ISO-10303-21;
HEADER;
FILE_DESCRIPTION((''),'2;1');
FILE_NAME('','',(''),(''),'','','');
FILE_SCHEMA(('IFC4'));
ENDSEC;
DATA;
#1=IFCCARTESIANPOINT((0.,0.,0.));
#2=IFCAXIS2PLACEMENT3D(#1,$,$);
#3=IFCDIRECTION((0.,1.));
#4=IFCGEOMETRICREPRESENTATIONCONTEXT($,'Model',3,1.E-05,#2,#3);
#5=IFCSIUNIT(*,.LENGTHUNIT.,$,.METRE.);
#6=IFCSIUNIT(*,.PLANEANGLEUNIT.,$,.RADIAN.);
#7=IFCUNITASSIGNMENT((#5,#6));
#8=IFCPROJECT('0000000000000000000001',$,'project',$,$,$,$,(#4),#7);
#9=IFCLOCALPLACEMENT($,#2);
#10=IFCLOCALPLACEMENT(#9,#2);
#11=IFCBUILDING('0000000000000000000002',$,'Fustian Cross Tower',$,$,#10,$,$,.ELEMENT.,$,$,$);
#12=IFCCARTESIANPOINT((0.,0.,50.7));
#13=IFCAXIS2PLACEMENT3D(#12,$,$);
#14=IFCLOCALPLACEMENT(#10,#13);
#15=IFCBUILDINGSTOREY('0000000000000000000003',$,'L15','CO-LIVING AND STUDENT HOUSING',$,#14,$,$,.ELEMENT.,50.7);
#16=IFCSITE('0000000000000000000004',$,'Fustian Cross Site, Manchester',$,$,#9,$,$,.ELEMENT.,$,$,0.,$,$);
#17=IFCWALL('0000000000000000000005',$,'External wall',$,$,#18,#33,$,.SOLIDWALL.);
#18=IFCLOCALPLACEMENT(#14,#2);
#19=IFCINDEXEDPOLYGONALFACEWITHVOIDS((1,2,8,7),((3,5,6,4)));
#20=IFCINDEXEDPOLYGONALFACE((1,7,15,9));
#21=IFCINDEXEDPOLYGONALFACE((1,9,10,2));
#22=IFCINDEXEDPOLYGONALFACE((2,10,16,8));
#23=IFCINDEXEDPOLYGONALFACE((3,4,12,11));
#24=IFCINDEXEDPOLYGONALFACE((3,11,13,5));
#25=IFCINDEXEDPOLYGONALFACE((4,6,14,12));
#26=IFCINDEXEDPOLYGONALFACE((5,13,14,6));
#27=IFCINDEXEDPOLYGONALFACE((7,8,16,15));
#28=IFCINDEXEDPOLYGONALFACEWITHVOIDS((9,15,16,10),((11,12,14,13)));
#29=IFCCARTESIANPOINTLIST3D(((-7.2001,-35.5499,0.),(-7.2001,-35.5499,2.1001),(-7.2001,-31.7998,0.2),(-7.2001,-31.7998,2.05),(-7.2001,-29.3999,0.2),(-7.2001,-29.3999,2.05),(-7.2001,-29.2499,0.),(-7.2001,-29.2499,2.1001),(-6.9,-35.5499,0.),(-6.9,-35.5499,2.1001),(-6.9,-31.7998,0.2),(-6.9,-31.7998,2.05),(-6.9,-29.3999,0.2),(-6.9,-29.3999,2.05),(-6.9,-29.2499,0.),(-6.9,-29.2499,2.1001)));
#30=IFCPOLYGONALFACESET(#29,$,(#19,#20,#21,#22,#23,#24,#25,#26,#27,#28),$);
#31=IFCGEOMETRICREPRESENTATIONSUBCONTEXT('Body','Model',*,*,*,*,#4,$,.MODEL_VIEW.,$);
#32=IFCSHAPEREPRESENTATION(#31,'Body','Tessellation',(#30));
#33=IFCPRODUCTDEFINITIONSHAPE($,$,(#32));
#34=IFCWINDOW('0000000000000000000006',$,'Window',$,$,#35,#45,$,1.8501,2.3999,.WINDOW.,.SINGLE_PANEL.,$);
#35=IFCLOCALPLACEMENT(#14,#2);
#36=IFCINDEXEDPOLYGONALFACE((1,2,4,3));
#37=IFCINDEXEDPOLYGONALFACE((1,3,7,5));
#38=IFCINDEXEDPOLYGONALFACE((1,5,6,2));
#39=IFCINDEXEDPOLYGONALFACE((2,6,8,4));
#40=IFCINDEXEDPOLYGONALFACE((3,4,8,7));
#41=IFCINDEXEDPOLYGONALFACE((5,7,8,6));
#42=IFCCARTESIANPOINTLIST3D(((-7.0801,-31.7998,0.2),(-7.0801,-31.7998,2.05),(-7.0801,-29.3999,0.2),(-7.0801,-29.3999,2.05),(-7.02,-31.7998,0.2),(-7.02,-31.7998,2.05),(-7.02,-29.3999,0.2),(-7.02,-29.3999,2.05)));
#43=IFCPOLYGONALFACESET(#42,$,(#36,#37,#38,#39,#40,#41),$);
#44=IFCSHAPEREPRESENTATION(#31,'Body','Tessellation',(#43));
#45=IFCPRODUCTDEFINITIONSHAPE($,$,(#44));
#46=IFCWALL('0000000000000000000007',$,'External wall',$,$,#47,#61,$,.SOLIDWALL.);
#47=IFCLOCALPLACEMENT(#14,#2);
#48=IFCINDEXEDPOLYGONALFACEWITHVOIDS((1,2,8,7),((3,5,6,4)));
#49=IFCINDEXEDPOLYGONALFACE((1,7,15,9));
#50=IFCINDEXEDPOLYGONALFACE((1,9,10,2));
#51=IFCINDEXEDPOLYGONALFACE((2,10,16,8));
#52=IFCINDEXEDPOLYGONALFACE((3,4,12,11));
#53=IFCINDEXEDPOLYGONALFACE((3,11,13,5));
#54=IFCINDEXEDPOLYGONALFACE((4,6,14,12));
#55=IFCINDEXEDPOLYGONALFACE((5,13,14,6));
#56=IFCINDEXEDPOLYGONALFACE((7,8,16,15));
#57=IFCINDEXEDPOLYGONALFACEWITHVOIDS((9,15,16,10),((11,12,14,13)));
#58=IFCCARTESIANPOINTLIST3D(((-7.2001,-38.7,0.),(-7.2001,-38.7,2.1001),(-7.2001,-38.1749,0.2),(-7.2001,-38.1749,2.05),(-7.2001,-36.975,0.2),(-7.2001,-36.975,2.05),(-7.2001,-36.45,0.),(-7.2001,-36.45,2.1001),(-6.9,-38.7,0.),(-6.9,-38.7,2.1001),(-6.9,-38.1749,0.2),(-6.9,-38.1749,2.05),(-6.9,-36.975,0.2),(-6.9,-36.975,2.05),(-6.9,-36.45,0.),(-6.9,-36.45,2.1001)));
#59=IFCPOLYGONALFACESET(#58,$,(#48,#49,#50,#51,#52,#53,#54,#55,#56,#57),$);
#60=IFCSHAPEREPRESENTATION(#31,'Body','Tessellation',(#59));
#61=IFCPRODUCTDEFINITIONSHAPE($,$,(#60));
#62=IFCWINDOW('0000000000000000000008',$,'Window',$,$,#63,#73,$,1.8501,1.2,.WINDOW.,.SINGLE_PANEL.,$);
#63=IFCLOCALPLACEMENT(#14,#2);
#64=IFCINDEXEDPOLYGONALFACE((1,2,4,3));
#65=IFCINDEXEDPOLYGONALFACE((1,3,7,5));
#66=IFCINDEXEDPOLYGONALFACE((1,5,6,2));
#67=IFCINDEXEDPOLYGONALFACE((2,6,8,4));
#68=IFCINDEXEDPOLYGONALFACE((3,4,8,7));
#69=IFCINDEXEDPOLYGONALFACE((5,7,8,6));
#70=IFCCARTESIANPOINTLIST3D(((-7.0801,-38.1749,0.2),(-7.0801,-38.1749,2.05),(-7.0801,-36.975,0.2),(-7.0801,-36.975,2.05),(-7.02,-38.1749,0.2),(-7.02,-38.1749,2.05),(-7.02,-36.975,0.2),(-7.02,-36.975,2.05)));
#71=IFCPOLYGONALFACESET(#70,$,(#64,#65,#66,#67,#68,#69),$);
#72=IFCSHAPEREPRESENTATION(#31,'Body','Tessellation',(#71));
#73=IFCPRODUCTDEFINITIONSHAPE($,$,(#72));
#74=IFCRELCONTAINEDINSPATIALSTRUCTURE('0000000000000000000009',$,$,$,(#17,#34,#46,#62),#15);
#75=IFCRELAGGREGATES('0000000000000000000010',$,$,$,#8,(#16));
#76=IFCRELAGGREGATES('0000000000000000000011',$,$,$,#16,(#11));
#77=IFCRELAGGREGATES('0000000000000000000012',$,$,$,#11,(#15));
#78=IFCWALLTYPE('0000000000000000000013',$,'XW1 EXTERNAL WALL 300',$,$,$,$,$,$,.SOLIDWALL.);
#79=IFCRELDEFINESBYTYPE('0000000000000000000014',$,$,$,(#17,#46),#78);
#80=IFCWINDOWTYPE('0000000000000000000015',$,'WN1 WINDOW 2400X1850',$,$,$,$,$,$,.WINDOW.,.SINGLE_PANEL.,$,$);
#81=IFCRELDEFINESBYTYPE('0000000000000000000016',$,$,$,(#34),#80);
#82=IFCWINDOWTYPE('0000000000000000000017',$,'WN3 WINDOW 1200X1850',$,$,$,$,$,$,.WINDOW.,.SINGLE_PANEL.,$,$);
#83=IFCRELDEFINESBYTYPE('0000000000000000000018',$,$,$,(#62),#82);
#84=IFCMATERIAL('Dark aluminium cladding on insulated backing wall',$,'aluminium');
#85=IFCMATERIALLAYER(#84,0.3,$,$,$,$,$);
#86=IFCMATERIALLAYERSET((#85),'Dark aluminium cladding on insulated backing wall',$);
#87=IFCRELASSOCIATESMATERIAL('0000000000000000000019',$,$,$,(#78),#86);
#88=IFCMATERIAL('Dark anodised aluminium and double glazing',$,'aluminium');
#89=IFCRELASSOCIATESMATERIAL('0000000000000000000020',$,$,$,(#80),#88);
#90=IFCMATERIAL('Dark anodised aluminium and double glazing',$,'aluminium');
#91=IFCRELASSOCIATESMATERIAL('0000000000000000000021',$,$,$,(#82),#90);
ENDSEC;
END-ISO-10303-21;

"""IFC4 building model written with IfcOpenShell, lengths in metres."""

from ifc_helpers import new_model, si_unit, direction, frame, frame_2d, origin, place, context, subcontext, project, spatial, rectangle, extrude, material, layer, layer_set, type_object, element, fill, save


model = new_model("IFC4")

# Units and contexts
model_context = context("Model", 3, precision=1e-05, world=origin(), true_north=direction((0.0, 1.0)))
body_context = subcontext(model_context, "Body", "Model", "MODEL_VIEW")
ifc_project = project(units=[si_unit("LENGTHUNIT", "METRE"), si_unit("PLANEANGLEUNIT", "RADIAN")], contexts=[model_context])

# Site, building, storey
site_placement = place(None, origin())
site = spatial("IfcSite", under=ifc_project, at=site_placement, Name="Fustian Cross Site, Manchester", CompositionType="ELEMENT", RefElevation=0.0)
building_placement = place(site_placement, origin())
building = spatial("IfcBuilding", under=site, at=building_placement, Name="Fustian Cross Tower", CompositionType="ELEMENT")
storey_placement = place(building_placement, frame((0.0, 0.0, 50.7)))
storey = spatial("IfcBuildingStorey", under=building, at=storey_placement, Name="L15", Description="CO-LIVING AND STUDENT HOUSING", CompositionType="ELEMENT", Elevation=50.7)

# Walls, openings, windows
ifc_material_1 = material(Name="Dark aluminium cladding on insulated backing wall", Category="aluminium")
ifc_layer_1 = layer(ifc_material_1, 0.3)
ifc_layer_set_1 = layer_set([ifc_layer_1], Name="Dark aluminium cladding on insulated backing wall")
wall_type_1 = type_object("IfcWallType", Name="XW1 EXTERNAL WALL 300", PredefinedType="SOLIDWALL", material=ifc_layer_set_1)
wall_1_placement = place(storey_placement, frame((-7.05, -29.25, 0.0), z_axis=(0.0, 0.0, 1.0), x_axis=(0.0, -1.0, 0.0)))
wall_1 = element("IfcWall", 1, at=wall_1_placement, inside=storey, type_object=wall_type_1, Name="External wall", PredefinedType="SOLIDWALL", context=body_context, shape_type="SweptSolid", body=[
    extrude(rectangle(XDim=6.3, YDim=0.3, at=frame_2d((3.1499, 0.0))), origin(), (0.0, 0.0, 1.0), 2.1001),
])
opening_1_placement = place(wall_1_placement, frame((0.1499, 0.0, 0.2)))
opening_1 = element("IfcOpeningElement", 2, at=opening_1_placement, cuts=wall_1, PredefinedType="OPENING", context=body_context, shape_type="SweptSolid", body=[
    extrude(rectangle(XDim=2.3999, YDim=1.8501, at=frame_2d((1.2, 0.925))), frame((0.0, 0.1599, 0.0), z_axis=(0.0, -1.0, 0.0), x_axis=(1.0, 0.0, 0.0)), (0.0, 0.0, 1.0), 0.3201),
])
ifc_material_2 = material(Name="Dark anodised aluminium and double glazing", Category="aluminium")
window_type_1 = type_object("IfcWindowType", Name="WN1 WINDOW 2400X1850", PartitioningType="SINGLE_PANEL", PredefinedType="WINDOW", material=ifc_material_2)
window_1_placement = place(opening_1_placement, origin())
window_1 = element("IfcWindow", 3, at=window_1_placement, inside=storey, type_object=window_type_1, Name="Window", OverallHeight=1.8501, OverallWidth=2.3999, PartitioningType="SINGLE_PANEL", PredefinedType="WINDOW", context=body_context, shape_type="SweptSolid", body=[
    extrude(rectangle(XDim=2.3999, YDim=1.8501, at=frame_2d((1.2, 0.925))), frame((0.0, 0.03, 0.0), z_axis=(0.0, -1.0, 0.0), x_axis=(1.0, 0.0, 0.0)), (0.0, 0.0, 1.0), 0.0601),
])
fill(opening_1, window_1)
wall_2_placement = place(storey_placement, frame((-7.05, -36.45, 0.0), z_axis=(0.0, 0.0, 1.0), x_axis=(0.0, -1.0, 0.0)))
wall_2 = element("IfcWall", 4, at=wall_2_placement, inside=storey, type_object=wall_type_1, Name="External wall", PredefinedType="SOLIDWALL", context=body_context, shape_type="SweptSolid", body=[
    extrude(rectangle(XDim=2.25, YDim=0.3, at=frame_2d((1.125, 0.0))), origin(), (0.0, 0.0, 1.0), 2.1001),
])
opening_2_placement = place(wall_2_placement, frame((0.5249, 0.0, 0.2)))
opening_2 = element("IfcOpeningElement", 5, at=opening_2_placement, cuts=wall_2, PredefinedType="OPENING", context=body_context, shape_type="SweptSolid", body=[
    extrude(rectangle(XDim=1.2, YDim=1.8501, at=frame_2d((0.6001, 0.925))), frame((0.0, 0.1599, 0.0), z_axis=(0.0, -1.0, 0.0), x_axis=(1.0, 0.0, 0.0)), (0.0, 0.0, 1.0), 0.3201),
])
ifc_material_3 = material(Name="Dark anodised aluminium and double glazing", Category="aluminium")
window_type_2 = type_object("IfcWindowType", Name="WN3 WINDOW 1200X1850", PartitioningType="SINGLE_PANEL", PredefinedType="WINDOW", material=ifc_material_3)
window_2_placement = place(opening_2_placement, origin())
window_2 = element("IfcWindow", 6, at=window_2_placement, inside=storey, type_object=window_type_2, Name="Window", OverallHeight=1.8501, OverallWidth=1.2, PartitioningType="SINGLE_PANEL", PredefinedType="WINDOW", context=body_context, shape_type="SweptSolid", body=[
    extrude(rectangle(XDim=1.2, YDim=1.8501, at=frame_2d((0.6001, 0.925))), frame((0.0, 0.03, 0.0), z_axis=(0.0, -1.0, 0.0), x_axis=(1.0, 0.0, 0.0)), (0.0, 0.0, 1.0), 0.0601),
])
fill(opening_2, window_2)

save(model, "model.ifc")
